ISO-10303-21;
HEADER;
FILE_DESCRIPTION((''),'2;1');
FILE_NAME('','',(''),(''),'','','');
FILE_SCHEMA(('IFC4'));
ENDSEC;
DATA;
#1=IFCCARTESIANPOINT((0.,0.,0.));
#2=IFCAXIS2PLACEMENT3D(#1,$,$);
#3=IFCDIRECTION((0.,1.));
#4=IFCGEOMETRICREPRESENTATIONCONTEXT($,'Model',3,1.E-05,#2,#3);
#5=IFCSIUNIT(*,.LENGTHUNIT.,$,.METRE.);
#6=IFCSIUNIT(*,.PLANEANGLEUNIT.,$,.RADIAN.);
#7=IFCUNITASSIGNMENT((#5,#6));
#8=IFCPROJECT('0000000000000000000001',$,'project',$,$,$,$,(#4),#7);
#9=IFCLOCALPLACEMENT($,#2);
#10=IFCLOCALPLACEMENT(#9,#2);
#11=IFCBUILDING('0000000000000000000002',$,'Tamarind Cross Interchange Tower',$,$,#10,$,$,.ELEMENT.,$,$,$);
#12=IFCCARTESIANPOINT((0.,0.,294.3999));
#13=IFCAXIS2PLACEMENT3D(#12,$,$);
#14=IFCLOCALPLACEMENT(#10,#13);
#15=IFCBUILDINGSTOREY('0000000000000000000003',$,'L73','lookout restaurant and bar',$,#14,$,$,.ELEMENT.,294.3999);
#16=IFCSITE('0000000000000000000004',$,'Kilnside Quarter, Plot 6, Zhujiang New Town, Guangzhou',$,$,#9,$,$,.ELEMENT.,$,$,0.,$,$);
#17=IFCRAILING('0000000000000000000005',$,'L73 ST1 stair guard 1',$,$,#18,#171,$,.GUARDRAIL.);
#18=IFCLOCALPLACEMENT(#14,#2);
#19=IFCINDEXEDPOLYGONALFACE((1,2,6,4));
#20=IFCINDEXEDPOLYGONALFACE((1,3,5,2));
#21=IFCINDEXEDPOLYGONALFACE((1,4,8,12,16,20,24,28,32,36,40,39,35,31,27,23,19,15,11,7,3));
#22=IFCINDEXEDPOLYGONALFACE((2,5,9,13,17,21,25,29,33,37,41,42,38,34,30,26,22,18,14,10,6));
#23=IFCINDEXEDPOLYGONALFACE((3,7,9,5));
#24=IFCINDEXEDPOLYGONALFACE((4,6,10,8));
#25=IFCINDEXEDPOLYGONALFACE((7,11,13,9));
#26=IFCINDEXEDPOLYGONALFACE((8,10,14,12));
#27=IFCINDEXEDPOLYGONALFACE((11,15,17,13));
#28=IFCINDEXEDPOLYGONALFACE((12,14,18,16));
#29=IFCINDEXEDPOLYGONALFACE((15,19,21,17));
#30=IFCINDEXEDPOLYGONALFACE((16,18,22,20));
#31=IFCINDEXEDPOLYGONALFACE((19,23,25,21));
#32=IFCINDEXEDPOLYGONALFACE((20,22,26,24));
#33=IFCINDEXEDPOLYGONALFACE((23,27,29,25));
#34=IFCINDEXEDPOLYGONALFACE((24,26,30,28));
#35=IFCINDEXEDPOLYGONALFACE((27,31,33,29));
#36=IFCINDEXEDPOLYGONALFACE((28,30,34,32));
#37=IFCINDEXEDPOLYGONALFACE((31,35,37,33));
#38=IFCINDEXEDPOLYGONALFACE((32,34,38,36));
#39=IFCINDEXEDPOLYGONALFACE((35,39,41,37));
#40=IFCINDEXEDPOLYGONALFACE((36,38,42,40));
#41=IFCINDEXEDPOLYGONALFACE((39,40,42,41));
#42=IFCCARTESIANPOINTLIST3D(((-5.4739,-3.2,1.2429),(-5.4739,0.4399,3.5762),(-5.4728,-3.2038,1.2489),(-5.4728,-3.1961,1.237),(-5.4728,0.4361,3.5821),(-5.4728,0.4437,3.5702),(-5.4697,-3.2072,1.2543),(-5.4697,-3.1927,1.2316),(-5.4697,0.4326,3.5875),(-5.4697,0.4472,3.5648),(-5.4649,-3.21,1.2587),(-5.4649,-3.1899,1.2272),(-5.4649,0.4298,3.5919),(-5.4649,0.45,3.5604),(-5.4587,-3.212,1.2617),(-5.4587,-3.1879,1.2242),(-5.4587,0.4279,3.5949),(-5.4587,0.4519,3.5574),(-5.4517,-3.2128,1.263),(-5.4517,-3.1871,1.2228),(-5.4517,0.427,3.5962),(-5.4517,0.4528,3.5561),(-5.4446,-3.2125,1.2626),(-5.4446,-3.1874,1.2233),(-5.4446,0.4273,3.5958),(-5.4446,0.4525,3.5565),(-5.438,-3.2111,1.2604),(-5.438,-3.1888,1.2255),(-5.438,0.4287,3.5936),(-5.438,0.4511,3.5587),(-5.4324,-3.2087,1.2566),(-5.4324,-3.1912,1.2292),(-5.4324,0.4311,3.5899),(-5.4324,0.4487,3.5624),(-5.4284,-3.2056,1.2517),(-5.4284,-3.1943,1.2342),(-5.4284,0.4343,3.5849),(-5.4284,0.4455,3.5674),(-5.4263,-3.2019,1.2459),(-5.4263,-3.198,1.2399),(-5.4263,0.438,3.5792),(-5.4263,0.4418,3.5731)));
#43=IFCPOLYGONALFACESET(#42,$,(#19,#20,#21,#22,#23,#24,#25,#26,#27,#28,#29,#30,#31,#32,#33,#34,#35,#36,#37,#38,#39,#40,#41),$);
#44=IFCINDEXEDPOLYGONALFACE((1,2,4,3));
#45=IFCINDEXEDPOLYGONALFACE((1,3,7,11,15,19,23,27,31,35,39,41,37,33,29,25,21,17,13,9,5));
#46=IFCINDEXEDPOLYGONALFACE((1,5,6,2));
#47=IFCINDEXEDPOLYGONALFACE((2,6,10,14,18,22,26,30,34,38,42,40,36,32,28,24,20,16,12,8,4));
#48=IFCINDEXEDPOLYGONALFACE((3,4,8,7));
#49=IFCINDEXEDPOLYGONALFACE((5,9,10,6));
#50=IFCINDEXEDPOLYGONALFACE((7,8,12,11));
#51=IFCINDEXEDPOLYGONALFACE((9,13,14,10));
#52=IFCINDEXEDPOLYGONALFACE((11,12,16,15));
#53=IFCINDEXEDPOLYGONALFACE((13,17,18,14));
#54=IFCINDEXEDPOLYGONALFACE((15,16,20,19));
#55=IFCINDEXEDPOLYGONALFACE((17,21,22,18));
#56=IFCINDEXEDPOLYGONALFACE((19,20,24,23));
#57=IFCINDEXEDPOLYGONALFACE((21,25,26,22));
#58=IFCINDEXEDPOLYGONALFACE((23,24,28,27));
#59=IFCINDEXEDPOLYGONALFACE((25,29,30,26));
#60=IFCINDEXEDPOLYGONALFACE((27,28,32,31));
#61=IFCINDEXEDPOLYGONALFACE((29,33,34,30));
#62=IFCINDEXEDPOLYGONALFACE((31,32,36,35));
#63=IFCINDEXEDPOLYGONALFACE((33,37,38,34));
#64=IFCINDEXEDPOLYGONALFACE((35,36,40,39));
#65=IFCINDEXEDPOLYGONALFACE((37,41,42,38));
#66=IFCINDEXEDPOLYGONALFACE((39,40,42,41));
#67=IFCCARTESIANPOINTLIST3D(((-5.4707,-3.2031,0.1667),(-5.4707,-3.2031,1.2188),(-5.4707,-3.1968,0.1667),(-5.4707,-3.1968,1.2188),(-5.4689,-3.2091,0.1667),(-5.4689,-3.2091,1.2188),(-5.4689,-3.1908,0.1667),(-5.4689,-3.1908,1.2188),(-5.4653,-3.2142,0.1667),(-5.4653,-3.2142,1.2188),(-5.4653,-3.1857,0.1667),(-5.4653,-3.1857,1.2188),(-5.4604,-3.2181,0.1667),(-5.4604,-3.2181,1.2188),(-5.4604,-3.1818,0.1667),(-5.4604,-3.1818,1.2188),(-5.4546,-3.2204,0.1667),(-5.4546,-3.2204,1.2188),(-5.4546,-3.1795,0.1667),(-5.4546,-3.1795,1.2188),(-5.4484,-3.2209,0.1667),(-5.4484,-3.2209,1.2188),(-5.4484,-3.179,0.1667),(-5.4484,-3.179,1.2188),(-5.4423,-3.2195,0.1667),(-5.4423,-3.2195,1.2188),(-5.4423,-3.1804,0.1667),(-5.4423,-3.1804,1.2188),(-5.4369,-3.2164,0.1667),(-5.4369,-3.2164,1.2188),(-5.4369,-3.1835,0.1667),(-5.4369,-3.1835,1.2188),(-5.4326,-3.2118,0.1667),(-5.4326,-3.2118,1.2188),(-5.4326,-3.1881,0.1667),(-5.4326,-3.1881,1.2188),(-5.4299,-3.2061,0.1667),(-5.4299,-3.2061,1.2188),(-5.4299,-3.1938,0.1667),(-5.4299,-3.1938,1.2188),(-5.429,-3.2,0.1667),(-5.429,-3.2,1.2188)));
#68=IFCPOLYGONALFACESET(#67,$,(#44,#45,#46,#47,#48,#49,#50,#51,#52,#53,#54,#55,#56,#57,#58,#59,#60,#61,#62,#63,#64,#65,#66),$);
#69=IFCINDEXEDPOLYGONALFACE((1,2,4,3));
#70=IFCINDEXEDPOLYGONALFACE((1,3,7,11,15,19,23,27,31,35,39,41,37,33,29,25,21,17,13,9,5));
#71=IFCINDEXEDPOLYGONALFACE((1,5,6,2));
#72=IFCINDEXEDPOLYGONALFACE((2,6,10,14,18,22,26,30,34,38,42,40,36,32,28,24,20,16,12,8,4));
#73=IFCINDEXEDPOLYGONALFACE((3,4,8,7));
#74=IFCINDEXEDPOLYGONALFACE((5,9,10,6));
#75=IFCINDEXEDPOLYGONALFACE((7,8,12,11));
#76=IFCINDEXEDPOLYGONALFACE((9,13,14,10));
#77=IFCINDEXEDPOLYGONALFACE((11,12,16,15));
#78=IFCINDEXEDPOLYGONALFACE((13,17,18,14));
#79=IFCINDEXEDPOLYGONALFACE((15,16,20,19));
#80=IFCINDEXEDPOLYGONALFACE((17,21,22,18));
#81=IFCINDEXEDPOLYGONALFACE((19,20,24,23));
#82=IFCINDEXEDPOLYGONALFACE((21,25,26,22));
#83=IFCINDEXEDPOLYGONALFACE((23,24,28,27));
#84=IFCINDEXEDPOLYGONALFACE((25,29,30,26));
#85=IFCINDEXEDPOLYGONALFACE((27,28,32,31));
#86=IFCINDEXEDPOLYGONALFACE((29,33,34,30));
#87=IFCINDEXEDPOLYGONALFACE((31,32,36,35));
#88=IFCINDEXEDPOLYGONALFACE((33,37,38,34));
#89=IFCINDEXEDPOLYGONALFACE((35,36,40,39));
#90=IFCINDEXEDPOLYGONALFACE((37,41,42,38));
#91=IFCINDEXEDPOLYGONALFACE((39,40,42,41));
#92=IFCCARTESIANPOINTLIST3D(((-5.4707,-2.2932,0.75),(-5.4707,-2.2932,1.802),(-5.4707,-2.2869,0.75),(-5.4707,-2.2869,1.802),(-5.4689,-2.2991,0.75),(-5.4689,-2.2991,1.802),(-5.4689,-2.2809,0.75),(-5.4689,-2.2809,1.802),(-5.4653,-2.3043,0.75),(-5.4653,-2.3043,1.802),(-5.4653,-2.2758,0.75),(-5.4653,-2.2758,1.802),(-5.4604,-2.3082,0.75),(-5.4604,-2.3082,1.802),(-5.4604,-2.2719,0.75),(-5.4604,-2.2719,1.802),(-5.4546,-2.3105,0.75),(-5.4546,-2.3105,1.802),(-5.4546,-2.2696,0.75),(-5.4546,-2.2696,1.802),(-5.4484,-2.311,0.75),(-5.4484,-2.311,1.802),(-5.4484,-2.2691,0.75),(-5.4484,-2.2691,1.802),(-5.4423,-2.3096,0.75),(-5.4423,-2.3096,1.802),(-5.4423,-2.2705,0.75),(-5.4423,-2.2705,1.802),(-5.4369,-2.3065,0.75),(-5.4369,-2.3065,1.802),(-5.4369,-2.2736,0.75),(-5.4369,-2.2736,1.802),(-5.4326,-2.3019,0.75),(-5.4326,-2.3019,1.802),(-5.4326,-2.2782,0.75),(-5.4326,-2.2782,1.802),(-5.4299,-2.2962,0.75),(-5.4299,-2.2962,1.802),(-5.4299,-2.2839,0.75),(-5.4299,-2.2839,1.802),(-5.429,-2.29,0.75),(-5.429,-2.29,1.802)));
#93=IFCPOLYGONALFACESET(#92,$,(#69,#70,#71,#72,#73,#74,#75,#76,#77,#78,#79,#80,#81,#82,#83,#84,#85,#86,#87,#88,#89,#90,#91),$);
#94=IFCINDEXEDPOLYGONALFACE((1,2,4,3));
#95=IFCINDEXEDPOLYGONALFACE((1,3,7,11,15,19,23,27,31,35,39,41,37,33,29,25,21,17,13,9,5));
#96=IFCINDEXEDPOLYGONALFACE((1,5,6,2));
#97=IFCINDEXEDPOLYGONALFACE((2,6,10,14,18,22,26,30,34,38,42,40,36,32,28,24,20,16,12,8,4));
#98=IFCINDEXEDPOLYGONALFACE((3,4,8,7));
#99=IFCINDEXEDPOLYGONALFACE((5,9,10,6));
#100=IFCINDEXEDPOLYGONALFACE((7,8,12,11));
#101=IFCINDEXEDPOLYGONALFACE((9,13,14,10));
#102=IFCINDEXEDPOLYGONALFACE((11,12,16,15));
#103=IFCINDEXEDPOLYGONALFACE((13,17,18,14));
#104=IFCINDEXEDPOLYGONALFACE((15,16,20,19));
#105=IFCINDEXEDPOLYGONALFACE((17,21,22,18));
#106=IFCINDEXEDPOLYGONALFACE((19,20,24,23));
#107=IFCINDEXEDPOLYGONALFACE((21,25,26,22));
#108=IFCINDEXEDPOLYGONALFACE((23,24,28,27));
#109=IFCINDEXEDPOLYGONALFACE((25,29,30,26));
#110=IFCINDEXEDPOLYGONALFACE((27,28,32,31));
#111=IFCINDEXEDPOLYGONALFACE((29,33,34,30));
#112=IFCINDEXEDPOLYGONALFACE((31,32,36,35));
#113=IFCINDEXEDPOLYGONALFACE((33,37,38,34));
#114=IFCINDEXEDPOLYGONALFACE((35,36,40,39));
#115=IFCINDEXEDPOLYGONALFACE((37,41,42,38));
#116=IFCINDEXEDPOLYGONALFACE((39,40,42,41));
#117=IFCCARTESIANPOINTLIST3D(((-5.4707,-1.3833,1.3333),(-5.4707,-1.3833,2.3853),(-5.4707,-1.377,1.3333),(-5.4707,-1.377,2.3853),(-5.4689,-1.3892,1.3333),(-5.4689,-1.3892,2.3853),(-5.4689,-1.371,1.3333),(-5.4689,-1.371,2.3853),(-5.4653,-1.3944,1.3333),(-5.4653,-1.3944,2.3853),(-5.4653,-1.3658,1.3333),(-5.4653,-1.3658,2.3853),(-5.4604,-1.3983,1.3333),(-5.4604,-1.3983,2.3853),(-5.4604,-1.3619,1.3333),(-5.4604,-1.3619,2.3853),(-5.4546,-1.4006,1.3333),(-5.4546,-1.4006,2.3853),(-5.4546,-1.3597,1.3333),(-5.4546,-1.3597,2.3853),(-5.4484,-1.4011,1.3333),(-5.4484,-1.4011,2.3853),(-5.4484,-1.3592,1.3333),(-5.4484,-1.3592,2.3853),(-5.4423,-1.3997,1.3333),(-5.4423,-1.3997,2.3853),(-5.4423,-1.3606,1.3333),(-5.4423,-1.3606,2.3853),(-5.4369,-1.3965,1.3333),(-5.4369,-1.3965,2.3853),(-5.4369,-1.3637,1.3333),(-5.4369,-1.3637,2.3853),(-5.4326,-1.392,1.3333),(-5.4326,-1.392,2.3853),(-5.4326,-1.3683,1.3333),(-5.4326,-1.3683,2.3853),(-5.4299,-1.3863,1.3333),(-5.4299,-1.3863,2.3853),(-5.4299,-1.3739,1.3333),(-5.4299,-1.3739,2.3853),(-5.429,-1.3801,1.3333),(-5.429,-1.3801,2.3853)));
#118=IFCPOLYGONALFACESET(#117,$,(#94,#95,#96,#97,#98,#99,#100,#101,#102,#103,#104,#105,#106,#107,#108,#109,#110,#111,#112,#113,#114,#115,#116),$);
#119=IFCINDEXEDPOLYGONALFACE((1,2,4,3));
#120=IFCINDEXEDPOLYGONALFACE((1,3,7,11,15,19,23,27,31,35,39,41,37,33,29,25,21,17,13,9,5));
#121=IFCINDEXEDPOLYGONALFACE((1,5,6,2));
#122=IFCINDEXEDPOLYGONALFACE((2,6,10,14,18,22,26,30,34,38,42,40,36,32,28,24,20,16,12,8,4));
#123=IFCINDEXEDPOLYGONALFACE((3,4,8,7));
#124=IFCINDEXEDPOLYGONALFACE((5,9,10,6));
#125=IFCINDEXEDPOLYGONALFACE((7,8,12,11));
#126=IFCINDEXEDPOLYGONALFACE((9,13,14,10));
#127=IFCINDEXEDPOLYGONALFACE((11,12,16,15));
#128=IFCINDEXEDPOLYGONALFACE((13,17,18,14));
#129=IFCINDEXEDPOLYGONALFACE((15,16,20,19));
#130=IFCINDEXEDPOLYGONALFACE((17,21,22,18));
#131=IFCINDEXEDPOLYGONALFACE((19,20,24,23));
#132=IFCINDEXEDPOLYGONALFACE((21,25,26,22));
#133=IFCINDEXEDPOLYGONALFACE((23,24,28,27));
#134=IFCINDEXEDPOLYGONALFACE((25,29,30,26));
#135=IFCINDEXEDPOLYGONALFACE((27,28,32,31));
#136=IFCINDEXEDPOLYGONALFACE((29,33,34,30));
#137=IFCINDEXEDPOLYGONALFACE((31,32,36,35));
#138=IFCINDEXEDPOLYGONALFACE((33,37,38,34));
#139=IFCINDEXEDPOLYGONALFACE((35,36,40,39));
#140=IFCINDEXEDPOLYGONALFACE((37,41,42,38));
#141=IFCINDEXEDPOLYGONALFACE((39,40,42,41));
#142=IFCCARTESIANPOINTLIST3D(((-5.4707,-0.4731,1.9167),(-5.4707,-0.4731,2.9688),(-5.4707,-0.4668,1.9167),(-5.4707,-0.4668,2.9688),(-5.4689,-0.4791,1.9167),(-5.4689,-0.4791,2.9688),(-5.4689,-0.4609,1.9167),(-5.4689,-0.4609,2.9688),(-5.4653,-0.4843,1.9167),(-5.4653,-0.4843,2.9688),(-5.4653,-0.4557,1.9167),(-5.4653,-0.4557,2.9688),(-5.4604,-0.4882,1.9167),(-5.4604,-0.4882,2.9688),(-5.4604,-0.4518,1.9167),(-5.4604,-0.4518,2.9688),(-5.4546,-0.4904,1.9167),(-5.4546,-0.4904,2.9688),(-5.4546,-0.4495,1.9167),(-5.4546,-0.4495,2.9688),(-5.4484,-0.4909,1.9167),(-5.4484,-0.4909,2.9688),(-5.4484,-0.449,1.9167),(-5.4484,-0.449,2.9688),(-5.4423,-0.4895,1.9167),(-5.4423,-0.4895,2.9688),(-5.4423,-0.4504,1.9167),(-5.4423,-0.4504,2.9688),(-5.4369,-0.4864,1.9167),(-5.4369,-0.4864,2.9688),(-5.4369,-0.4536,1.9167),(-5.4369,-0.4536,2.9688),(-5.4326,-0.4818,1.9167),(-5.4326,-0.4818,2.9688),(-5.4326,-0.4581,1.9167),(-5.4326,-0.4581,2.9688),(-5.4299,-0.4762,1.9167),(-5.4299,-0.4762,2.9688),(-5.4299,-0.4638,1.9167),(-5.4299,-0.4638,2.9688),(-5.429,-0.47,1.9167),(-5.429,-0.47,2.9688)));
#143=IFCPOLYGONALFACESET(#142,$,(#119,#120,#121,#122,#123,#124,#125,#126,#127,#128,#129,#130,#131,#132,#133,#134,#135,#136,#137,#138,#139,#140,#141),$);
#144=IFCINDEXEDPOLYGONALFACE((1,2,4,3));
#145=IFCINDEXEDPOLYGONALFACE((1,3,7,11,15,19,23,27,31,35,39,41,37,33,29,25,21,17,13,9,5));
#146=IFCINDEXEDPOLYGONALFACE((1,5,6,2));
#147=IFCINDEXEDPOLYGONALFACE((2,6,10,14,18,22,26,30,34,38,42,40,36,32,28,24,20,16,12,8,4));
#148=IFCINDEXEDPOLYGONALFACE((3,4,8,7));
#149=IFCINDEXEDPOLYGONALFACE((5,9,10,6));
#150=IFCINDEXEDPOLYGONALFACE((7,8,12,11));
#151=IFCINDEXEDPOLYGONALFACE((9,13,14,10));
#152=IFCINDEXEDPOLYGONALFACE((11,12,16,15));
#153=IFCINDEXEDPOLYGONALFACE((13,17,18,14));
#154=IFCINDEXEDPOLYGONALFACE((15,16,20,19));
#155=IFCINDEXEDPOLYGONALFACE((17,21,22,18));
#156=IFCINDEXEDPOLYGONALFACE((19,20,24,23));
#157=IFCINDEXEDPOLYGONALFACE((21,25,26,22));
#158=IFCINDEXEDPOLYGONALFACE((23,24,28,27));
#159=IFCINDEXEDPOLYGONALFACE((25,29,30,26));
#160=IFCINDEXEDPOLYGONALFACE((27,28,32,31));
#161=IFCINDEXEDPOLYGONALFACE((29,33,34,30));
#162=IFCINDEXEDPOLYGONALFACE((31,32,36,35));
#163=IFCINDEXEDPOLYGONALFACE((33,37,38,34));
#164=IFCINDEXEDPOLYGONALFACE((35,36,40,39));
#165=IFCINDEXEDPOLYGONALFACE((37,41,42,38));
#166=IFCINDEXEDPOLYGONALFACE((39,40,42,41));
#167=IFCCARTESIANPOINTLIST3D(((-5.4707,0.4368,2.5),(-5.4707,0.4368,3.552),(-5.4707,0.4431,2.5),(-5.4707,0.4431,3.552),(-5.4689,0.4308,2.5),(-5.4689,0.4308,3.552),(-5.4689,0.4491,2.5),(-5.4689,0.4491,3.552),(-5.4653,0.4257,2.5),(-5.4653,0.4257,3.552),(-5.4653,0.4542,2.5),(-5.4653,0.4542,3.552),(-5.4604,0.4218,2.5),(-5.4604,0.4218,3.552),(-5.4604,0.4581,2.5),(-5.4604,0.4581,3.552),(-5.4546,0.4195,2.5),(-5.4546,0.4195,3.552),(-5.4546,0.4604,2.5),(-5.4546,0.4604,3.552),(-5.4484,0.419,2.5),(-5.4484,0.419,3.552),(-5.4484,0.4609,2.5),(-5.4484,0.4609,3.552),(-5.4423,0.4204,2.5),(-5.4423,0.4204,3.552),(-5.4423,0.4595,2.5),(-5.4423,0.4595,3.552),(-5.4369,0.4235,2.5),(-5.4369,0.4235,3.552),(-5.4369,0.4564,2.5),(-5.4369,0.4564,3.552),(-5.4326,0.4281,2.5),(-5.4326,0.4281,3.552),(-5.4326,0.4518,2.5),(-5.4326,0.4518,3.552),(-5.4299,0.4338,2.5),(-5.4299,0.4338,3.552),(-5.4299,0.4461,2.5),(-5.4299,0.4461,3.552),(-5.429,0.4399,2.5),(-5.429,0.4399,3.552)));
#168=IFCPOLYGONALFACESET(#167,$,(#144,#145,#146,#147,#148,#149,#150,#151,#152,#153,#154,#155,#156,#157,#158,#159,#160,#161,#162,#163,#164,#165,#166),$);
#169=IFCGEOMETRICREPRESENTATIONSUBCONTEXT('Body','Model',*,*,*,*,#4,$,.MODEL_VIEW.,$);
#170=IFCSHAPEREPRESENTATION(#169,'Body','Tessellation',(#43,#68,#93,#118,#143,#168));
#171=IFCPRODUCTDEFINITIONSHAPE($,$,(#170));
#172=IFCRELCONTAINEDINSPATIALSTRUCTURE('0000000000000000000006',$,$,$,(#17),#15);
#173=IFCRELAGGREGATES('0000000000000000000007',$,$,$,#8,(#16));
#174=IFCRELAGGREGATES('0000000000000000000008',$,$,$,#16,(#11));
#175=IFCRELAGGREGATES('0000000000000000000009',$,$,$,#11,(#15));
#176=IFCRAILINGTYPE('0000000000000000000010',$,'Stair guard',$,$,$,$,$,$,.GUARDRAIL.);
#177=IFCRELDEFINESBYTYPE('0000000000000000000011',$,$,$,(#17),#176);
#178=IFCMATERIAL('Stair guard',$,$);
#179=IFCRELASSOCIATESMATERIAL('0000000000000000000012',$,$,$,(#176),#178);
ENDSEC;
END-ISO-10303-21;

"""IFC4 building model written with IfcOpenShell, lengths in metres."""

from ifc_helpers import new_model, si_unit, direction, frame, origin, origin_2d, place, context, subcontext, project, spatial, circle, extrude, material, type_object, element, save


model = new_model("IFC4")

# Units and contexts
model_context = context("Model", 3, precision=1e-05, world=origin(), true_north=direction((0.0, 1.0)))
body_context = subcontext(model_context, "Body", "Model", "MODEL_VIEW")
ifc_project = project(units=[si_unit("LENGTHUNIT", "METRE"), si_unit("PLANEANGLEUNIT", "RADIAN")], contexts=[model_context])

# Site, building, storey
site_placement = place(None, origin())
site = spatial("IfcSite", under=ifc_project, at=site_placement, Name="Kilnside Quarter, Plot 6, Zhujiang New Town, Guangzhou", CompositionType="ELEMENT", RefElevation=0.0)
building_placement = place(site_placement, origin())
building = spatial("IfcBuilding", under=site, at=building_placement, Name="Tamarind Cross Interchange Tower", CompositionType="ELEMENT")
storey_placement = place(building_placement, frame((0.0, 0.0, 294.3999)))
storey = spatial("IfcBuildingStorey", under=building, at=storey_placement, Name="L73", Description="lookout restaurant and bar", CompositionType="ELEMENT", Elevation=294.3999)

# Railing
ifc_material_1 = material(Name="Stair guard")
railing_type_1 = type_object("IfcRailingType", Name="Stair guard", PredefinedType="GUARDRAIL", material=ifc_material_1)
railing_1_placement = place(storey_placement, frame((-5.45, -3.2, 0.1667)))
element("IfcRailing", 1, at=railing_1_placement, inside=storey, type_object=railing_type_1, Name="L73 ST1 stair guard 1", PredefinedType="GUARDRAIL", context=body_context, shape_type="SweptSolid", body=[
    extrude(circle(Radius=0.0239, at=origin_2d()), frame((0.0, 0.0, 1.0762), z_axis=(0.0, 0.84188, 0.539664), x_axis=(-1.0, 0.0, 0.0)), (0.0, 0.0, 1.0), 4.3235),
    extrude(circle(Radius=0.021, at=origin_2d()), origin(), (0.0, 0.0, 1.0), 1.052),
    extrude(circle(Radius=0.021, at=origin_2d()), frame((0.0, 0.9099, 0.5833)), (0.0, 0.0, 1.0), 1.052),
    extrude(circle(Radius=0.021, at=origin_2d()), frame((0.0, 1.8198, 1.1665)), (0.0, 0.0, 1.0), 1.052),
    extrude(circle(Radius=0.021, at=origin_2d()), frame((0.0, 2.73, 1.75)), (0.0, 0.0, 1.0), 1.052),
    extrude(circle(Radius=0.021, at=origin_2d()), frame((0.0, 3.6399, 2.3333)), (0.0, 0.0, 1.0), 1.052),
])

save(model, "model.ifc")
